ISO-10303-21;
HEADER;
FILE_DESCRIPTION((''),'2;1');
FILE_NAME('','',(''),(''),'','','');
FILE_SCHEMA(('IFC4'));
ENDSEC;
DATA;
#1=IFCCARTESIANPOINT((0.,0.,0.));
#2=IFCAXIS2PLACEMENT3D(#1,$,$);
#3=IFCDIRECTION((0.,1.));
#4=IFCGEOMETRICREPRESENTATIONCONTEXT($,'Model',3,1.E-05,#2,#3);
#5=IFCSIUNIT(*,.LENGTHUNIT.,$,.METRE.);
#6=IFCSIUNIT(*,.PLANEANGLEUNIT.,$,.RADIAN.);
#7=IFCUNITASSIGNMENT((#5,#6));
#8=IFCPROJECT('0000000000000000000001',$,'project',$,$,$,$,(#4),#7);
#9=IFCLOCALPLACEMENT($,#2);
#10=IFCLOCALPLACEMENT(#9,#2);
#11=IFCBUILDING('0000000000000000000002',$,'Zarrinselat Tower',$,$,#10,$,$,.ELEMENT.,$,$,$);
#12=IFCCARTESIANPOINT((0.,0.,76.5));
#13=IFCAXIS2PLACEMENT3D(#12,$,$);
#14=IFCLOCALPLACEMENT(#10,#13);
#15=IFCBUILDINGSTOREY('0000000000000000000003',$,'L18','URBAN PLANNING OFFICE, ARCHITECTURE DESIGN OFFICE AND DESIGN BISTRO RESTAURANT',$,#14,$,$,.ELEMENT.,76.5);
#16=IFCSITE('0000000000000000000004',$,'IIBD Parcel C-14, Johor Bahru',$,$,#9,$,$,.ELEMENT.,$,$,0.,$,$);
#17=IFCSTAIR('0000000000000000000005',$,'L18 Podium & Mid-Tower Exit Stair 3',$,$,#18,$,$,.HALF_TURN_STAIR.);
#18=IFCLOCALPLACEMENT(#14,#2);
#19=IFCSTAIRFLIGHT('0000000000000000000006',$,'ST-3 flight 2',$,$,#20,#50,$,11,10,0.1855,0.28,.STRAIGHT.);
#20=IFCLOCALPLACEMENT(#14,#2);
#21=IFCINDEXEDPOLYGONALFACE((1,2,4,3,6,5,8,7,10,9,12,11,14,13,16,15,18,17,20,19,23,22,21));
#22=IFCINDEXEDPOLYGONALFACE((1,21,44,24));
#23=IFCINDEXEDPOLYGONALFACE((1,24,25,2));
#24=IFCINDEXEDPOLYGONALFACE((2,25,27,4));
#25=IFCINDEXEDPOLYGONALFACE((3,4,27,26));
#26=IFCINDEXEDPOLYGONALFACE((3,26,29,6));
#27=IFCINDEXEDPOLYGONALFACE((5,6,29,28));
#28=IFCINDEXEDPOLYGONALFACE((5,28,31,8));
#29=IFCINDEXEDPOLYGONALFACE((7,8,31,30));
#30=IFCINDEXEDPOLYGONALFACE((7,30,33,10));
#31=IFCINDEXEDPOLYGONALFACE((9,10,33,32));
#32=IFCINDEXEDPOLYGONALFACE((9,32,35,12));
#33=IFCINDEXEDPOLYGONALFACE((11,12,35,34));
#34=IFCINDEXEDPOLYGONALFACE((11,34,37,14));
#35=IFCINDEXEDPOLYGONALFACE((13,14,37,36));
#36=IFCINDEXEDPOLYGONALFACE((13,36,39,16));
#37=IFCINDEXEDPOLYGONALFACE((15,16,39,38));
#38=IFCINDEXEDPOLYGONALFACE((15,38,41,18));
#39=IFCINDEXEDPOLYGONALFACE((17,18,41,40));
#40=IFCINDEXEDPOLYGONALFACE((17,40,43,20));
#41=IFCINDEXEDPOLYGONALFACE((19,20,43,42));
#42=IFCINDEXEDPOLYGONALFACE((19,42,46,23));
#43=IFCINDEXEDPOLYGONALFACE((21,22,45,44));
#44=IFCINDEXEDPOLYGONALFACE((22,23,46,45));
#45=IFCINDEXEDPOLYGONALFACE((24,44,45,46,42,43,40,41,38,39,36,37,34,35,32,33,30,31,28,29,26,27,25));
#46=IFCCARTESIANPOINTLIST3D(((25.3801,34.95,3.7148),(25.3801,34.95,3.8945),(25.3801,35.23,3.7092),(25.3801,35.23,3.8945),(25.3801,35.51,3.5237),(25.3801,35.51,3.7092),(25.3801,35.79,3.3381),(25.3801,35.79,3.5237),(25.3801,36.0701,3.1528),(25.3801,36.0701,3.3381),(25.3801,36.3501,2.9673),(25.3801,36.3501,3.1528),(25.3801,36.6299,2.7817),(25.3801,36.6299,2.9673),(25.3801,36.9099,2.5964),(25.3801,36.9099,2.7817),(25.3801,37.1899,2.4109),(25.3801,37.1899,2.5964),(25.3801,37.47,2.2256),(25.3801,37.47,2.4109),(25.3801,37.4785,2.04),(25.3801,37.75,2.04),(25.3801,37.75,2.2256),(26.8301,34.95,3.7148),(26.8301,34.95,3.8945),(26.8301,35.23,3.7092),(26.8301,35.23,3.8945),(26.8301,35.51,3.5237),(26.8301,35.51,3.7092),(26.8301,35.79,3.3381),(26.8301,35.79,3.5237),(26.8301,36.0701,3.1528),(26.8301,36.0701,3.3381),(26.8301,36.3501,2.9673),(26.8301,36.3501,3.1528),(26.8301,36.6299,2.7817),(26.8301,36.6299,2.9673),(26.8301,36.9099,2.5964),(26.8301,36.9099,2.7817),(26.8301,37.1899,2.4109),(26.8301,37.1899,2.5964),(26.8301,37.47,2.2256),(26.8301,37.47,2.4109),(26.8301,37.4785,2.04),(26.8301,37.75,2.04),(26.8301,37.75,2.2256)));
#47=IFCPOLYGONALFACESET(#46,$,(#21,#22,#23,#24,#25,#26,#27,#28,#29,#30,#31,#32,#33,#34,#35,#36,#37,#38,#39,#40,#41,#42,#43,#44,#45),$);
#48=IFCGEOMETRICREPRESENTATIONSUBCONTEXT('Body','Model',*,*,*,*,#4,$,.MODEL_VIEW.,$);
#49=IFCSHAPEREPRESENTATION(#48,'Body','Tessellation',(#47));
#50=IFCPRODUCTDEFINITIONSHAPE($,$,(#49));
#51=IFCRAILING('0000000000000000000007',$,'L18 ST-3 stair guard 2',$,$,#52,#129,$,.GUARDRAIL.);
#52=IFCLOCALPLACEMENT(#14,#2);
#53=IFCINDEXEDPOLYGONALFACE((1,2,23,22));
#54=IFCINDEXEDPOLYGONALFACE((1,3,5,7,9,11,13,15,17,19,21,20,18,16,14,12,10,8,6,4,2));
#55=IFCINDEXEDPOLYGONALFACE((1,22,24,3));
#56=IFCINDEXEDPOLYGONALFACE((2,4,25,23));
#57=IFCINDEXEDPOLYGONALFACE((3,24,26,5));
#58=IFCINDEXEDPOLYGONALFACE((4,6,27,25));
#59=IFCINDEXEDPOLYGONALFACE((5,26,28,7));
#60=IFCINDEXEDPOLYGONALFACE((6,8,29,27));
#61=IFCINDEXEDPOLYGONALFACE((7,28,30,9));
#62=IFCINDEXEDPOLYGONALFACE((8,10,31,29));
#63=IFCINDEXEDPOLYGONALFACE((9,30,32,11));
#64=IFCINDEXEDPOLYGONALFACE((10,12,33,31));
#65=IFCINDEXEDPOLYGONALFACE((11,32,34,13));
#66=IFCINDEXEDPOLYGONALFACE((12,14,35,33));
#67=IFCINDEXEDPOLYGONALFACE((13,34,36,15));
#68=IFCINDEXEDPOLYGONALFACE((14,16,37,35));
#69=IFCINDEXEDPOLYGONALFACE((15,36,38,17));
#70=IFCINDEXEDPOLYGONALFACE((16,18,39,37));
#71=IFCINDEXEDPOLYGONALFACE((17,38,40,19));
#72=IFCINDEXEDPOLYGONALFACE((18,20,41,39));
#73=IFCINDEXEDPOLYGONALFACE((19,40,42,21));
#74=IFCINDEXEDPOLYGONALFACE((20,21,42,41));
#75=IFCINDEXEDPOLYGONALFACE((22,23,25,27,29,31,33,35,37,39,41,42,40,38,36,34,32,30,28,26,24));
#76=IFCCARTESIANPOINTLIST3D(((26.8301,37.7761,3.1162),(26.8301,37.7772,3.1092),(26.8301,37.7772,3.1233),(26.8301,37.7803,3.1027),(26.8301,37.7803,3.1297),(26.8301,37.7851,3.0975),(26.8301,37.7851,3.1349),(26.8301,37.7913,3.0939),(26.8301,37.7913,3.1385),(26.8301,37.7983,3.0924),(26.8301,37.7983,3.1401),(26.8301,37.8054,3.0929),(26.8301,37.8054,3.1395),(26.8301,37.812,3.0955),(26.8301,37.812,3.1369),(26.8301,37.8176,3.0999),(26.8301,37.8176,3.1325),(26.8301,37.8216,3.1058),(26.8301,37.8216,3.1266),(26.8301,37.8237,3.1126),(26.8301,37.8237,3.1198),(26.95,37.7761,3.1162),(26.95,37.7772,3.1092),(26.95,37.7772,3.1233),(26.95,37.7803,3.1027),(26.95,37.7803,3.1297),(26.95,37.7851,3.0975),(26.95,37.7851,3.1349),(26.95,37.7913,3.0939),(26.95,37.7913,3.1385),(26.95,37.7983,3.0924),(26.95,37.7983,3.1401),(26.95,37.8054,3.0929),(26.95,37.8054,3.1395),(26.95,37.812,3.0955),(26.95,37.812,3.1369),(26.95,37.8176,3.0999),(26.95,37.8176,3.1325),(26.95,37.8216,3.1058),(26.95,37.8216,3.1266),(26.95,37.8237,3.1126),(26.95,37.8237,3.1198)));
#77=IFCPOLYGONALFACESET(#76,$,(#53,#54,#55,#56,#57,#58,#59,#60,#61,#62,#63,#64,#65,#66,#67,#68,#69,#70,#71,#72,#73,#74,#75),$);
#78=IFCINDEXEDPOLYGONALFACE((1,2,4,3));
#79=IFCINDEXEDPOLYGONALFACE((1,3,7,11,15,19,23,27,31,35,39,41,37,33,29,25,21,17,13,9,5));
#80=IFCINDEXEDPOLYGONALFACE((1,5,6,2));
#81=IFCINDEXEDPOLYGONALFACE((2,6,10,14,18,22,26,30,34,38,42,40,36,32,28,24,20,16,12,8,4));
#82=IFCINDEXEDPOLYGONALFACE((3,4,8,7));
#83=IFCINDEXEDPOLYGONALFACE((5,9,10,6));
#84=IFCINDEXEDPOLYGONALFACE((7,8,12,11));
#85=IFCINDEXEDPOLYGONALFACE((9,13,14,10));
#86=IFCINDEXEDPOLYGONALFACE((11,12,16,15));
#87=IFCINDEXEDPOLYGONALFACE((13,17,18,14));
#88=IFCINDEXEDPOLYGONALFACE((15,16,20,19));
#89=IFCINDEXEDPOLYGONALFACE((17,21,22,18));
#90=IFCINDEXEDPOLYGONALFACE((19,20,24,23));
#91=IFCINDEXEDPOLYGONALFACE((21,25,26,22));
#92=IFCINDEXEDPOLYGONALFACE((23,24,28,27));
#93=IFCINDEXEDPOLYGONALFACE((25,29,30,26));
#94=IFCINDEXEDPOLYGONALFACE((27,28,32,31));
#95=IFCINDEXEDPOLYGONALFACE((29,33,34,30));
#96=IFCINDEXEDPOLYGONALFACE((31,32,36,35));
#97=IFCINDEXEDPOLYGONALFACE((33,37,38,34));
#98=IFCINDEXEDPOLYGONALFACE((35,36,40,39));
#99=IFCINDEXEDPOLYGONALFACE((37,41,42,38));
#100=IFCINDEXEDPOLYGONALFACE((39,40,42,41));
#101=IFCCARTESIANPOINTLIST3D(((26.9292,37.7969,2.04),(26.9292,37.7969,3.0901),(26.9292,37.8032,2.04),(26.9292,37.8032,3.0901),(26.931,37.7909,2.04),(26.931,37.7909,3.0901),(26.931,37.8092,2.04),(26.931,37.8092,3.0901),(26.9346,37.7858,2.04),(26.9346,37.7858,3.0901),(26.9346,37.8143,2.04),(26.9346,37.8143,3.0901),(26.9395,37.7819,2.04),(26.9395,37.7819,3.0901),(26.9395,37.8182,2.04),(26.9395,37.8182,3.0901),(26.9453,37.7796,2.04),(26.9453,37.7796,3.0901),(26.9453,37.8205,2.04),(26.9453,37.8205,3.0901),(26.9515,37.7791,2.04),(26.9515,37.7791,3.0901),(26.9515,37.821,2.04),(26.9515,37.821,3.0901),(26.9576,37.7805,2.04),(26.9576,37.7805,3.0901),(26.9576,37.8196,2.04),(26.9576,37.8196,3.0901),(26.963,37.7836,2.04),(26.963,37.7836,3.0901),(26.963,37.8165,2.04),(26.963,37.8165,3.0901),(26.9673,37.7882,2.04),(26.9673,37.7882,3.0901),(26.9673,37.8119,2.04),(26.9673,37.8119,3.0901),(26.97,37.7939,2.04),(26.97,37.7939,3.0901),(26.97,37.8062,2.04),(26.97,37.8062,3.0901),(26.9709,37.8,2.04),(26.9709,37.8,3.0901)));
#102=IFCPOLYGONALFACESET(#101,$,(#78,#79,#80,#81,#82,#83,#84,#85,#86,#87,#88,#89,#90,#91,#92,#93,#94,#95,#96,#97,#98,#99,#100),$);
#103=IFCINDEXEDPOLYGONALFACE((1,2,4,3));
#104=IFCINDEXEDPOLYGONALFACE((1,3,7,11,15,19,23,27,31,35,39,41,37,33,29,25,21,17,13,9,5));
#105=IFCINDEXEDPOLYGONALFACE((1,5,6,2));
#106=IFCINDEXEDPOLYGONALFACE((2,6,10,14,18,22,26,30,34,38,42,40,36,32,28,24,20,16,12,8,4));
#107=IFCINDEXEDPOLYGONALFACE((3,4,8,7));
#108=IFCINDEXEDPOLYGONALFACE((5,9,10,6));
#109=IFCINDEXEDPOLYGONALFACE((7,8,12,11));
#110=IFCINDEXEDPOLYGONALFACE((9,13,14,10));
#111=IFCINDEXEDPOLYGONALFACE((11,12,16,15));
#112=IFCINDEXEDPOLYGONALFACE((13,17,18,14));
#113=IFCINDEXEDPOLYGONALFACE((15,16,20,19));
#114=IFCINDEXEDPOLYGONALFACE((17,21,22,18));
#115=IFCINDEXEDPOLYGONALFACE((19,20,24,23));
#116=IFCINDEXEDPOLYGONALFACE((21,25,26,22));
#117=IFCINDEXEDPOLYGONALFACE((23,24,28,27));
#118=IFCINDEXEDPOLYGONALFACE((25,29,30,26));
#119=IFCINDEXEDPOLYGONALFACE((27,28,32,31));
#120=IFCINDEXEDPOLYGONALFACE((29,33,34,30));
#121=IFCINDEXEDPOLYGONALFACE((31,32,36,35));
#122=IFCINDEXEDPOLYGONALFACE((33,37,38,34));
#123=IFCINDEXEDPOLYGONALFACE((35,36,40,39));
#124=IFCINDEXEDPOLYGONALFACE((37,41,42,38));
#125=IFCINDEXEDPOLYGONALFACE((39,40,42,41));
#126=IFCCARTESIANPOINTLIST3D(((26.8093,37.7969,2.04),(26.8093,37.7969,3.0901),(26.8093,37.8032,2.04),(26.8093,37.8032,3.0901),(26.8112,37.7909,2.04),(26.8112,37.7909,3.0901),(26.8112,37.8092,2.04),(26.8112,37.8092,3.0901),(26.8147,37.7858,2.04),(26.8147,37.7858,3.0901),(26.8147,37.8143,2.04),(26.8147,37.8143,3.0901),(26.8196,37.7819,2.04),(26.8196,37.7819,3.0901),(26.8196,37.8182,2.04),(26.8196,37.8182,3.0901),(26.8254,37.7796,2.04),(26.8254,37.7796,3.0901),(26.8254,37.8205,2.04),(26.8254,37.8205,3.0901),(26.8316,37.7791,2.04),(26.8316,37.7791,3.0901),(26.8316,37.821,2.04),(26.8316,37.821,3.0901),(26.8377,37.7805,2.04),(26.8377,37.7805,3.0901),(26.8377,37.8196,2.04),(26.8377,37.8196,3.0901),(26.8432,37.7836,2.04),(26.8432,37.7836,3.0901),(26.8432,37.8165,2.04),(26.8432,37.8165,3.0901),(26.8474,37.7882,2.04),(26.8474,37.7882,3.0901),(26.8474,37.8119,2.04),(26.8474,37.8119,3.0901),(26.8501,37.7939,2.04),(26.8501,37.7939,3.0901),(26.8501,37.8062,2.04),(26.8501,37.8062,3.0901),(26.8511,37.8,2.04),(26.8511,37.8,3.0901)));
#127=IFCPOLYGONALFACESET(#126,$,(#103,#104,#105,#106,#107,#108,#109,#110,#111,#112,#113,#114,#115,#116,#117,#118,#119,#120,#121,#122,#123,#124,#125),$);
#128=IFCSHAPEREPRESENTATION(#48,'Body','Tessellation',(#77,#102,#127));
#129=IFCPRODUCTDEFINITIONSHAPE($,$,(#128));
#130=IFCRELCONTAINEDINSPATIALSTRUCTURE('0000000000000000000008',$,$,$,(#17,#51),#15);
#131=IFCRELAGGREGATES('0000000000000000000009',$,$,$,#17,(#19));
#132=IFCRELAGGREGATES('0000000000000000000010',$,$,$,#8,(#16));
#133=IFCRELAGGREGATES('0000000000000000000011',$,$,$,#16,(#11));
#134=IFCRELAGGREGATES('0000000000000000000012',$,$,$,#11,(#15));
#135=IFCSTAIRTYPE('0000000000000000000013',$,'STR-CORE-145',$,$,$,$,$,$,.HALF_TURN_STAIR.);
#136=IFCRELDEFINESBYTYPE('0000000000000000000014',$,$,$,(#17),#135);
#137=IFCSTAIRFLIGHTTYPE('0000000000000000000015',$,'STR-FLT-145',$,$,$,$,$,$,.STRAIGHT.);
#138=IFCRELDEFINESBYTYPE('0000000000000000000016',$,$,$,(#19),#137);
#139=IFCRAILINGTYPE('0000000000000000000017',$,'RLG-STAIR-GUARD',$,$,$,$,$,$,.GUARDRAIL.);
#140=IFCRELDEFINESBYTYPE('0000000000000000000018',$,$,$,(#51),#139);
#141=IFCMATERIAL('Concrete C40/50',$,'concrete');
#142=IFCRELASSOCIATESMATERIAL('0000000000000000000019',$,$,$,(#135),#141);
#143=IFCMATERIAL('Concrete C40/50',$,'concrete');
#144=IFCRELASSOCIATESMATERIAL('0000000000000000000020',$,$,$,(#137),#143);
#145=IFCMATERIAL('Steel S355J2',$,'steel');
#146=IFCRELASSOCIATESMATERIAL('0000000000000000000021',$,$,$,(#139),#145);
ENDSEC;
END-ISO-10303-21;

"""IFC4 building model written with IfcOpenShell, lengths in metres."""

from ifc_helpers import new_model, si_unit, direction, frame, origin, origin_2d, place, context, subcontext, project, spatial, polyline, circle, outline, extrude, material, type_object, element, aggregate, save


model = new_model("IFC4")

# Units and contexts
model_context = context("Model", 3, precision=1e-05, world=origin(), true_north=direction((0.0, 1.0)))
body_context = subcontext(model_context, "Body", "Model", "MODEL_VIEW")
ifc_project = project(units=[si_unit("LENGTHUNIT", "METRE"), si_unit("PLANEANGLEUNIT", "RADIAN")], contexts=[model_context])

# Site, building, storey
site_placement = place(None, origin())
site = spatial("IfcSite", under=ifc_project, at=site_placement, Name="IIBD Parcel C-14, Johor Bahru", CompositionType="ELEMENT", RefElevation=0.0)
building_placement = place(site_placement, origin())
building = spatial("IfcBuilding", under=site, at=building_placement, Name="Zarrinselat Tower", CompositionType="ELEMENT")
storey_placement = place(building_placement, frame((0.0, 0.0, 76.5)))
storey = spatial("IfcBuildingStorey", under=building, at=storey_placement, Name="L18", Description="URBAN PLANNING OFFICE, ARCHITECTURE DESIGN OFFICE AND DESIGN BISTRO RESTAURANT", CompositionType="ELEMENT", Elevation=76.5)

# Stair, stair flight
ifc_material_1 = material(Name="Concrete C40/50", Category="concrete")
stair_type = type_object("IfcStairType", Name="STR-CORE-145", PredefinedType="HALF_TURN_STAIR", material=ifc_material_1)
stair_placement = place(storey_placement, origin())
stair = element("IfcStair", 1, at=stair_placement, inside=storey, type_object=stair_type, Name="L18 Podium & Mid-Tower Exit Stair 3", PredefinedType="HALF_TURN_STAIR")
ifc_material_2 = material(Name="Concrete C40/50", Category="concrete")
stair_flight_type = type_object("IfcStairFlightType", Name="STR-FLT-145", PredefinedType="STRAIGHT", material=ifc_material_2)
stair_flight_1_placement = place(storey_placement, frame((26.105, 37.75, 2.04), z_axis=(0.0, 0.0, 1.0), x_axis=(0.0, -1.0, 0.0)))
stair_flight_1 = element("IfcStairFlight", 2, at=stair_flight_1_placement, type_object=stair_flight_type, Name="ST-3 flight 2", NumberOfRisers=11, NumberOfTreads=10, PredefinedType="STRAIGHT", RiserHeight=0.1855, TreadLength=0.28, context=body_context, shape_type="SweptSolid", body=[
    extrude(outline(polyline([(0.0, 0.0), (0.0, 0.1855), (0.28, 0.1855), (0.28, 0.3708), (0.5601, 0.3708), (0.5601, 0.5564), (0.8401, 0.5564), (0.8401, 0.7417), (1.1201, 0.7417), (1.1201, 0.9272), (1.3999, 0.9272), (1.3999, 1.1128), (1.6799, 1.1128), (1.6799, 1.2981), (1.96, 1.2981), (1.96, 1.4836), (2.24, 1.4836), (2.24, 1.6692), (2.52, 1.6692), (2.52, 1.8545), (2.8, 1.8545), (2.8, 2.04), (2.8, 1.6748), (0.2715, 0.0), (0.0, 0.0)])), frame((0.0, 0.7251, 0.0), z_axis=(0.0, -1.0, 0.0), x_axis=(1.0, 0.0, 0.0)), (0.0, 0.0, 1.0), 1.45),
])
aggregate(stair, [stair_flight_1])

# Railing
ifc_material_3 = material(Name="Steel S355J2", Category="steel")
railing_type_1 = type_object("IfcRailingType", Name="RLG-STAIR-GUARD", PredefinedType="GUARDRAIL", material=ifc_material_3)
railing_1_placement = place(storey_placement, frame((26.95, 37.8, 2.04)))
element("IfcRailing", 3, at=railing_1_placement, inside=storey, type_object=railing_type_1, Name="L18 ST-3 stair guard 2", PredefinedType="GUARDRAIL", context=body_context, shape_type="SweptSolid", body=[
    extrude(circle(Radius=0.0239, at=origin_2d()), frame((0.0, 0.0, 1.0762), z_axis=(-1.0, 0.0, 0.0), x_axis=(0.0, -1.0, 0.0)), (0.0, 0.0, 1.0), 0.1199),
    extrude(circle(Radius=0.021, at=origin_2d()), origin(), (0.0, 0.0, 1.0), 1.05),
    extrude(circle(Radius=0.021, at=origin_2d()), frame((-0.1199, 0.0, 0.0)), (0.0, 0.0, 1.0), 1.05),
])

save(model, "model.ifc")
